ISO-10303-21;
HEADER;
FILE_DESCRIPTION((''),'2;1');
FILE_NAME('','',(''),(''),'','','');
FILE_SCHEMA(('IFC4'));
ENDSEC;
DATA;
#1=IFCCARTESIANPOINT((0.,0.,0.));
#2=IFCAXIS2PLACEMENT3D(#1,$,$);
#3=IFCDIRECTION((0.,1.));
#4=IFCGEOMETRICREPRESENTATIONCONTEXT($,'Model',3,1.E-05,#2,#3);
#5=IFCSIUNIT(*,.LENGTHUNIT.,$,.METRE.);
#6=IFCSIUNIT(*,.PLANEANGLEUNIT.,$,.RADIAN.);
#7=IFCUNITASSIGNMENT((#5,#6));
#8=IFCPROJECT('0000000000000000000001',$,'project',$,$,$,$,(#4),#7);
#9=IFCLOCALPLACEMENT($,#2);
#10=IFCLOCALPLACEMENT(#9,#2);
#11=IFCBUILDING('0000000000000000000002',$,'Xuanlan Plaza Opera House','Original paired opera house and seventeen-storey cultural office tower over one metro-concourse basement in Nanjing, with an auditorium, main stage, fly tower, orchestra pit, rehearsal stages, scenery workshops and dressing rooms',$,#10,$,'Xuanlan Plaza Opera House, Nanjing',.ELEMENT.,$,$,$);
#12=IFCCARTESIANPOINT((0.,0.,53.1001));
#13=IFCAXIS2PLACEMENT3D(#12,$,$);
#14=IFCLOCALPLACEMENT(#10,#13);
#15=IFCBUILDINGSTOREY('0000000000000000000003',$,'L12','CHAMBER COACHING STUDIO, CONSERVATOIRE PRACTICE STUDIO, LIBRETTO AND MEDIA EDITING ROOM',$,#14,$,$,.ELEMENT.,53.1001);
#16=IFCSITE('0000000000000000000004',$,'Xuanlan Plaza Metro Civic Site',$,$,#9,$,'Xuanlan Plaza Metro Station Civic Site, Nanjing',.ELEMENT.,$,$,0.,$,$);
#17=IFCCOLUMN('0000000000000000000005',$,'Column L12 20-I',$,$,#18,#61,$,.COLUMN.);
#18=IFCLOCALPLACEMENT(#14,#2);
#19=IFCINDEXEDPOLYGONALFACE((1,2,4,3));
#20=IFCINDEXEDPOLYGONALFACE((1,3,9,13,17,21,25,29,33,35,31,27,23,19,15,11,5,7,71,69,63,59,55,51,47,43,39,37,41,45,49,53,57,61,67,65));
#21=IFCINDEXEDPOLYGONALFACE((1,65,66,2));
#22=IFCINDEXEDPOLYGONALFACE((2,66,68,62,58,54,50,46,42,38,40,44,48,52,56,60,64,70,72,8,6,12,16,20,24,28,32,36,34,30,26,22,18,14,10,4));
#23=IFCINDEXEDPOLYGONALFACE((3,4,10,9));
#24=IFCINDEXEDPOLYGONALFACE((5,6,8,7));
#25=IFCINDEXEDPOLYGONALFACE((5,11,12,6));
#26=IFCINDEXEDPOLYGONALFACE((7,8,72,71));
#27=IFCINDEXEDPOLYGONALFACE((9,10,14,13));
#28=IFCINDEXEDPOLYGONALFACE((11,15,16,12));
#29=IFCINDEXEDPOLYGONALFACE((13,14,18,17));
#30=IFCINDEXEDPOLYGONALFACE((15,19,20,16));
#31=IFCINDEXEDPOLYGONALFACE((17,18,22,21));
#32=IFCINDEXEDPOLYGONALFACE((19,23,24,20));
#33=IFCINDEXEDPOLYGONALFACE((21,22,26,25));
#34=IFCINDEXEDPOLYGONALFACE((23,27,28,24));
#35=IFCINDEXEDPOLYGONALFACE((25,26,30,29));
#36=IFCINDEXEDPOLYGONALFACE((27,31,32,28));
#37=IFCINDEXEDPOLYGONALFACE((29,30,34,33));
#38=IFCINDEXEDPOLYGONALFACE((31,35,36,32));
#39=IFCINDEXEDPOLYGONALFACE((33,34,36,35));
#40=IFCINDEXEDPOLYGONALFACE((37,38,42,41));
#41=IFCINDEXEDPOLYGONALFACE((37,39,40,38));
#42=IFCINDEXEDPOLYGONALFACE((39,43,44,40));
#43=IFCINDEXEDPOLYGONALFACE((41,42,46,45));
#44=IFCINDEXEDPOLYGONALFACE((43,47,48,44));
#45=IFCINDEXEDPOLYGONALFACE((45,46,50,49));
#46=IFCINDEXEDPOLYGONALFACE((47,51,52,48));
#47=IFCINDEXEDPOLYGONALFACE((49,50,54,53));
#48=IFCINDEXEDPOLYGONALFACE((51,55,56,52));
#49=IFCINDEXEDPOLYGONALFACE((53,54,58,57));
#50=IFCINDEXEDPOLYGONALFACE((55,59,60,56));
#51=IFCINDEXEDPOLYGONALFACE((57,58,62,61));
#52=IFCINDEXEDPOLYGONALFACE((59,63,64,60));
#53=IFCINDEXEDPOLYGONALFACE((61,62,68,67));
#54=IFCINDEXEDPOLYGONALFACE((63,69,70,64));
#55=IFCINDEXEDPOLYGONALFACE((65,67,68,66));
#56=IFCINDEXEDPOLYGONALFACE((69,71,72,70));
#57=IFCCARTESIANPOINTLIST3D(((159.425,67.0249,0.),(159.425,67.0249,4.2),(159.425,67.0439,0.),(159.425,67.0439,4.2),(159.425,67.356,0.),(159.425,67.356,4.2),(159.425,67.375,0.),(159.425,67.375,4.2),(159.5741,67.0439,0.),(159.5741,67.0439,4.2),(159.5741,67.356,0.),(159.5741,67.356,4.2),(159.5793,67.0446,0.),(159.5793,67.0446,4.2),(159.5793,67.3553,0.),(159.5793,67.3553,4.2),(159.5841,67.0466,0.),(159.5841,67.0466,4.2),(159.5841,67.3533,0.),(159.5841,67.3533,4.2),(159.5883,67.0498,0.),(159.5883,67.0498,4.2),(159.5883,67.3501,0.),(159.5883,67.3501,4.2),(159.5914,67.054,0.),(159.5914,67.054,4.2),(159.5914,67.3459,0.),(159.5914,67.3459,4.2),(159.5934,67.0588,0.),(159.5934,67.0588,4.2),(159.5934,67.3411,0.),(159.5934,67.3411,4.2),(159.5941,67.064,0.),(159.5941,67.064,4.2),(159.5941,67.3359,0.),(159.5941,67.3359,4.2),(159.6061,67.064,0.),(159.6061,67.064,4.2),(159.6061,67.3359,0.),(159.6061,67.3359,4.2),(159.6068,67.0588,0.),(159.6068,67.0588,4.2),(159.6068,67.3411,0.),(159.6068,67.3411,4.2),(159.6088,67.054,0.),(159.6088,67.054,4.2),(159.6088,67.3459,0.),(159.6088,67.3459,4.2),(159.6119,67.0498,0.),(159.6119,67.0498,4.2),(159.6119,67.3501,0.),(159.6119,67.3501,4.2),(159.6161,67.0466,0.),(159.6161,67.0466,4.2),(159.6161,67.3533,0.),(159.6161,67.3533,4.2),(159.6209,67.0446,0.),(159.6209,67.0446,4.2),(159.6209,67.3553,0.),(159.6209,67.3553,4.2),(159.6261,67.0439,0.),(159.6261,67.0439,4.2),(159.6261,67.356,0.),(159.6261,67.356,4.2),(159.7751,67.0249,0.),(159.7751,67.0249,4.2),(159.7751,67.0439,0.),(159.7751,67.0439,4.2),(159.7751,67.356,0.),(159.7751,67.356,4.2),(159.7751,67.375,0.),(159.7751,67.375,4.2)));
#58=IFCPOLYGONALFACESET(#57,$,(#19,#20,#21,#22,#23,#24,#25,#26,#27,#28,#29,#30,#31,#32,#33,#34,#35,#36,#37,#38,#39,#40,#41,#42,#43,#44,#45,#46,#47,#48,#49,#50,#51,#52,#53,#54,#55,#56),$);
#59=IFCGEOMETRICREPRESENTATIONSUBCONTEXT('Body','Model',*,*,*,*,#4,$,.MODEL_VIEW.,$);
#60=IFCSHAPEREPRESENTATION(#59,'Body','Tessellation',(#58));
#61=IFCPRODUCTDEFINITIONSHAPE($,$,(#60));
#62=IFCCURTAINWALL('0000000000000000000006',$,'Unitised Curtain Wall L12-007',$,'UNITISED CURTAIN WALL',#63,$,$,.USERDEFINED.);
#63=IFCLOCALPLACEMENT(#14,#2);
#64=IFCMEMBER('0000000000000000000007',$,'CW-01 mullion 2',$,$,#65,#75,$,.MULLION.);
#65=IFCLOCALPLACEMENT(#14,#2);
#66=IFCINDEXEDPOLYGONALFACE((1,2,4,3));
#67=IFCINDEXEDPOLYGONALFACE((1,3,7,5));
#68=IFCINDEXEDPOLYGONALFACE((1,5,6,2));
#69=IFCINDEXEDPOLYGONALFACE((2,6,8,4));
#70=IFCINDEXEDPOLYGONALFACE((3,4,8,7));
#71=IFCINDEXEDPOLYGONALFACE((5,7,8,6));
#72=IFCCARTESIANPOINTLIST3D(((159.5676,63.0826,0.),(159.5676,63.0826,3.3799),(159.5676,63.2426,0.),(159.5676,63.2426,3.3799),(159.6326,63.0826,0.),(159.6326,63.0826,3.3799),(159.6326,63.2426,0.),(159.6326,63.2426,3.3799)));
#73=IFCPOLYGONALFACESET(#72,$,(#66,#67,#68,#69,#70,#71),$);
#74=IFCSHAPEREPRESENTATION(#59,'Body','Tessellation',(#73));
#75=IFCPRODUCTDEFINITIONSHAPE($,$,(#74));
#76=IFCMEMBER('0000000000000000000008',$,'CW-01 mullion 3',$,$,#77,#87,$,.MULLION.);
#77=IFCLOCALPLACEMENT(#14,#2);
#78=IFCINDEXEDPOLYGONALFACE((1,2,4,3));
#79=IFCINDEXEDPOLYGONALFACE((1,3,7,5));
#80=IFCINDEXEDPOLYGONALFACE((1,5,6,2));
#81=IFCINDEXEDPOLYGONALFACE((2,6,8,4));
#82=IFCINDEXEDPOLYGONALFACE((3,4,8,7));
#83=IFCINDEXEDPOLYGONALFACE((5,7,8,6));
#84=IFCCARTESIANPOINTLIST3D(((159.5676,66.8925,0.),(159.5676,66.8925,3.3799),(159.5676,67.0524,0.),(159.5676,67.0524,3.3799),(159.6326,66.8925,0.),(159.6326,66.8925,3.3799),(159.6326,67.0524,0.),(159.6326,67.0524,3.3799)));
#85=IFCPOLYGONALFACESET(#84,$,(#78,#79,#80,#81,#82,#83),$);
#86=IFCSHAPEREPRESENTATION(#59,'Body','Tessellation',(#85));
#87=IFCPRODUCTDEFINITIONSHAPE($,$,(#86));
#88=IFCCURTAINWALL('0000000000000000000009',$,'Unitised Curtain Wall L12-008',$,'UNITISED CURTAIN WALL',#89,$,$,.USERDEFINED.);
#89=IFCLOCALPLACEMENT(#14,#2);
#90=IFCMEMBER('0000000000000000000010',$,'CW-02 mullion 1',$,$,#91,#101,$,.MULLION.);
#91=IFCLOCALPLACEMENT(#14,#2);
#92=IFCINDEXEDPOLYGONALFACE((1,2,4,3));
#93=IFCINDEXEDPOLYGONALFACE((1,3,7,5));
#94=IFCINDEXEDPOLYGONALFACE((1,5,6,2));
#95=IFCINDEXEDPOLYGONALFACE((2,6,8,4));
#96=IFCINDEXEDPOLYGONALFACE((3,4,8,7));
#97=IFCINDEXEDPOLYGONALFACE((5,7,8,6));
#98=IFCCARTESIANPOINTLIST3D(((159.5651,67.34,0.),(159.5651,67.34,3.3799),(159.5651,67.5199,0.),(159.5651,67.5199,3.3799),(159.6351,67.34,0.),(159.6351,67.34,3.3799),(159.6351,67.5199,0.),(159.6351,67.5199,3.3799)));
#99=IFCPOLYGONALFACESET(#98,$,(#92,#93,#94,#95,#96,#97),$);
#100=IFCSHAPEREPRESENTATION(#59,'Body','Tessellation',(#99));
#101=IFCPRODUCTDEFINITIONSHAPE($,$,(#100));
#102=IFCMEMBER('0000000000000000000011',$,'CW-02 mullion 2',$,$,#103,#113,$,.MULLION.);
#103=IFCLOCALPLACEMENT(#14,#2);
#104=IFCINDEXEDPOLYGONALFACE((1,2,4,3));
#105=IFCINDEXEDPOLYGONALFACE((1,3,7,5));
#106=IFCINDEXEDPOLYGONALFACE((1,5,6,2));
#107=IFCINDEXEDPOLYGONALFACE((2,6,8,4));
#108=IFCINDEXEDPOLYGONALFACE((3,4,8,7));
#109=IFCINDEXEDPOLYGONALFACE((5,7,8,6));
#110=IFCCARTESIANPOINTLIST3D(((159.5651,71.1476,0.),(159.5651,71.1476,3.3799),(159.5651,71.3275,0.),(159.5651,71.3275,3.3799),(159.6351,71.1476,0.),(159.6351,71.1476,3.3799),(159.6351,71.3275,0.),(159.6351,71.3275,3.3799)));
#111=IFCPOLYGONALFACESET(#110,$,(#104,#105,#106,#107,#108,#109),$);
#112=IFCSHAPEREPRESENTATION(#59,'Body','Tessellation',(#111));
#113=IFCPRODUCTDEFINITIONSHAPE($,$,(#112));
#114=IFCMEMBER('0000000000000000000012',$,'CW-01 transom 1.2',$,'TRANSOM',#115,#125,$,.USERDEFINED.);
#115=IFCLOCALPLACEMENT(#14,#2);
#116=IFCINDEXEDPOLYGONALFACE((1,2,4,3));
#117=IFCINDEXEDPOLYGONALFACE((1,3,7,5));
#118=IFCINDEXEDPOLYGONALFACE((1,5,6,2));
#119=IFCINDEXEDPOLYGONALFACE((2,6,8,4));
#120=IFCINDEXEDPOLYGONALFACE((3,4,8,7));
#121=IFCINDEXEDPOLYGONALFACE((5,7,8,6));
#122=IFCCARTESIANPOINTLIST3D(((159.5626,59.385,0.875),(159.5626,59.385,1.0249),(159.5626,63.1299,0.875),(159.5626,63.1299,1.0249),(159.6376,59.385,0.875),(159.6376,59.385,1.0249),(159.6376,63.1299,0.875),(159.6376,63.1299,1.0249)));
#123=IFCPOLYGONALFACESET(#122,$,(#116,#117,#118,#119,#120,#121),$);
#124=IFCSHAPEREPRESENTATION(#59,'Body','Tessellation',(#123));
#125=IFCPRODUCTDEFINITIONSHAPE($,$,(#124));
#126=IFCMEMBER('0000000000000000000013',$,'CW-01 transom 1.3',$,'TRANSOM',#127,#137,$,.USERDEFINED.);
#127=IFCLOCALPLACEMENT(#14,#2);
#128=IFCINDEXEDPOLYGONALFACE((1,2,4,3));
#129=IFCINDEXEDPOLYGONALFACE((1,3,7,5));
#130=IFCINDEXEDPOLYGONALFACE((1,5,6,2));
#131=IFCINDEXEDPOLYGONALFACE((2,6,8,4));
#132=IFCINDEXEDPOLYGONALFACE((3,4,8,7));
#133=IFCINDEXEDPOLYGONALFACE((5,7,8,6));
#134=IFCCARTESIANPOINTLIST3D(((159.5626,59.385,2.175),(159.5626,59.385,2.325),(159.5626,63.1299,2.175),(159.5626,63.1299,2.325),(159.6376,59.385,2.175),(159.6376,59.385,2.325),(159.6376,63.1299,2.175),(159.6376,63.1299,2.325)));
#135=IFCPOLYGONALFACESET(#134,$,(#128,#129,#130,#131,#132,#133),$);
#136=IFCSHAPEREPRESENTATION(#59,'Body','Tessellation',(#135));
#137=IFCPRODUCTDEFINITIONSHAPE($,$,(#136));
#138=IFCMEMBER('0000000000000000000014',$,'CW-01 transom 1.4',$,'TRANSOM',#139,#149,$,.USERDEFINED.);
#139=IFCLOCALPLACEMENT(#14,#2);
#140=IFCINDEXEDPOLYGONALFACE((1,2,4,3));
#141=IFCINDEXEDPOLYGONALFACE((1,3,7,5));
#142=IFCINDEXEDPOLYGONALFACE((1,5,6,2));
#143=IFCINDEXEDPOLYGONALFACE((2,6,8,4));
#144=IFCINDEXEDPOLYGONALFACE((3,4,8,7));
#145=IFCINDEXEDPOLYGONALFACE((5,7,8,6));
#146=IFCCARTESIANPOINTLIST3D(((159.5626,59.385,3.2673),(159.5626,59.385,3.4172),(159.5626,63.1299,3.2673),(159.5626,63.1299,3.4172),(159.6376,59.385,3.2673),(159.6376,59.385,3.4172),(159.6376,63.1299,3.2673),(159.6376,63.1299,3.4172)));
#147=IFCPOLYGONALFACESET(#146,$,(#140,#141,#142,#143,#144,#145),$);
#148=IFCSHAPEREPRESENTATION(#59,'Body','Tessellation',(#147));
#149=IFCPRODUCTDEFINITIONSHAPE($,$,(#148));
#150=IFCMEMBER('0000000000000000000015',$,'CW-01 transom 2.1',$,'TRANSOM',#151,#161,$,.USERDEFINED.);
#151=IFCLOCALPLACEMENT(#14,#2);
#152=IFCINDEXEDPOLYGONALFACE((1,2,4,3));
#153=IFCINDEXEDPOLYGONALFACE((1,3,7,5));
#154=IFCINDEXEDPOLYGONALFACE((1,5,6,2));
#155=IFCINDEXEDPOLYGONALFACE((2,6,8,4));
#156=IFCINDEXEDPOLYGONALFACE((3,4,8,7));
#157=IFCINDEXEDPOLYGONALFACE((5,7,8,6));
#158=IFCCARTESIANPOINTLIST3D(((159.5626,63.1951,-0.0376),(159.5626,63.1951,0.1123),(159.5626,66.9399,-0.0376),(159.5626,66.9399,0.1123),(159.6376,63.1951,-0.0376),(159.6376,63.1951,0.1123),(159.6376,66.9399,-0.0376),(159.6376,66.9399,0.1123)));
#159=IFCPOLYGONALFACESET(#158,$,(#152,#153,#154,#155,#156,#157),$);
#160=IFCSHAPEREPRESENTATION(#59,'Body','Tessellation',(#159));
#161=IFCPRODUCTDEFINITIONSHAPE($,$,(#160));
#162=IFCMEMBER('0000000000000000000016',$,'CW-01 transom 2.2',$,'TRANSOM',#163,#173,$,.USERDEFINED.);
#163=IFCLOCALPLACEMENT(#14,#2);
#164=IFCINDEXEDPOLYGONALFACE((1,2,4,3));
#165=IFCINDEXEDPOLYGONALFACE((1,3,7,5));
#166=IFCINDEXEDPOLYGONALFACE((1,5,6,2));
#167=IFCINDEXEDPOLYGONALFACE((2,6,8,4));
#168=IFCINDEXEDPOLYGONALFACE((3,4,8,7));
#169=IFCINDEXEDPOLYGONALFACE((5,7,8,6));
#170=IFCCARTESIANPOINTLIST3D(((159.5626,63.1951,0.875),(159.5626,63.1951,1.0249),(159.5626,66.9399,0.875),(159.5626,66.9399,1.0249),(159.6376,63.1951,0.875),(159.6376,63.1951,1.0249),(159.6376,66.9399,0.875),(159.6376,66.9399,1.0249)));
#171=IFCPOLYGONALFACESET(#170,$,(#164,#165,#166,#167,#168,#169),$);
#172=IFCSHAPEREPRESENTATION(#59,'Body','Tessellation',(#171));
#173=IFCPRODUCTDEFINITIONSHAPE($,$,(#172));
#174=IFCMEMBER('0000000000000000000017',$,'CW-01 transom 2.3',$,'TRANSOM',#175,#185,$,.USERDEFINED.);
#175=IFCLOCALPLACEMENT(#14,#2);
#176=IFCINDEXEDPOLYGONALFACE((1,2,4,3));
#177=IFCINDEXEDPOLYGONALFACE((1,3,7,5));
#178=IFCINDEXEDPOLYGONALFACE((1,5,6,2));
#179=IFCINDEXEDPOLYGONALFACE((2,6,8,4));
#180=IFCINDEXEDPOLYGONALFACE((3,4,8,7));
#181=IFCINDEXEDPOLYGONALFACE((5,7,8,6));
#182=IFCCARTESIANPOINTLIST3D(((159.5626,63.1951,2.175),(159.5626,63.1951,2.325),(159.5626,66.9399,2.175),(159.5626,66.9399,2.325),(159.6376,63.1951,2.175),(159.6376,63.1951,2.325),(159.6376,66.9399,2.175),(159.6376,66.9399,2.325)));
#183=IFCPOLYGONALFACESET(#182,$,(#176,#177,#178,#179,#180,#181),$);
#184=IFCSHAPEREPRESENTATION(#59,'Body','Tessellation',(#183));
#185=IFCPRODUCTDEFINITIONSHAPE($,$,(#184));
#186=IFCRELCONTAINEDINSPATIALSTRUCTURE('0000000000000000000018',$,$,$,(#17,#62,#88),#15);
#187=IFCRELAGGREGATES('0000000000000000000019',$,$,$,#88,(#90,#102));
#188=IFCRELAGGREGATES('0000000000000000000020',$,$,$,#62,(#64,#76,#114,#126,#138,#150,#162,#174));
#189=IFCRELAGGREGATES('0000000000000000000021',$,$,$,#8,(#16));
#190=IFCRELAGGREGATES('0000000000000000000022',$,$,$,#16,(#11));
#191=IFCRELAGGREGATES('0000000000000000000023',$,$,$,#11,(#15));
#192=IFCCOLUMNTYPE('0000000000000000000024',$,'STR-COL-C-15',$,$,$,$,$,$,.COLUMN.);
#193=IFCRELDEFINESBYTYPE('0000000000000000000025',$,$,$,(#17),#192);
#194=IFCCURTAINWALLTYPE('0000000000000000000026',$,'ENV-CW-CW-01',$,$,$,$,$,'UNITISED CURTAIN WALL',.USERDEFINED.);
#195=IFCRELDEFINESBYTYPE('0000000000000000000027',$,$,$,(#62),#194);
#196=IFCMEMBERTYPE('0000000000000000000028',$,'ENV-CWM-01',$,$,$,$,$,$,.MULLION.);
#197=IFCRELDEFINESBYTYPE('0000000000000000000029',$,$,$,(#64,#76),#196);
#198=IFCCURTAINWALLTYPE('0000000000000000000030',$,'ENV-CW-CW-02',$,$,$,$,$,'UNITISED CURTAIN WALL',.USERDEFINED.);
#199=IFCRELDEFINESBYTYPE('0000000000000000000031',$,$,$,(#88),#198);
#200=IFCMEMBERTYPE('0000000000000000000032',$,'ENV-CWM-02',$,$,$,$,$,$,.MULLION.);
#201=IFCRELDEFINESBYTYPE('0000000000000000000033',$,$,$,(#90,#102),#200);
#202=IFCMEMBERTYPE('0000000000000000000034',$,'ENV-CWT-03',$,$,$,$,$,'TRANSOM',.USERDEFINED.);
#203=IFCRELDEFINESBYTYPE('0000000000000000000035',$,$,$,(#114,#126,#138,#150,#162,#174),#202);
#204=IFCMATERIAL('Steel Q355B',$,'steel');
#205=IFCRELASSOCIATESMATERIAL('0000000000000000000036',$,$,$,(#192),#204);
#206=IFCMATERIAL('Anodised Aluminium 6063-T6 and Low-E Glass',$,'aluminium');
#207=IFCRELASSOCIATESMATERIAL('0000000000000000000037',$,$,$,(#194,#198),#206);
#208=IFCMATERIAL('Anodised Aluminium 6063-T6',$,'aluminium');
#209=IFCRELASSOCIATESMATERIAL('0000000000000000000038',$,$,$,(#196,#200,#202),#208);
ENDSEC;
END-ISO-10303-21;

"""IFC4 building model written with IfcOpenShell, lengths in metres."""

from ifc_helpers import new_model, si_unit, direction, frame, origin, origin_2d, place, context, subcontext, project, spatial, rectangle, i_section, extrude, material, material_profile, profile_set, type_object, element, aggregate, save


model = new_model("IFC4")

# Units and contexts
model_context = context("Model", 3, precision=1e-05, world=origin(), true_north=direction((0.0, 1.0)))
body_context = subcontext(model_context, "Body", "Model", "MODEL_VIEW")
ifc_project = project(units=[si_unit("LENGTHUNIT", "METRE"), si_unit("PLANEANGLEUNIT", "RADIAN")], contexts=[model_context])

# Site, building, storey
site_placement = place(None, origin())
site = spatial("IfcSite", under=ifc_project, at=site_placement, Name="Xuanlan Plaza Metro Civic Site", LongName="Xuanlan Plaza Metro Station Civic Site, Nanjing", CompositionType="ELEMENT", RefElevation=0.0)
building_placement = place(site_placement, origin())
building = spatial("IfcBuilding", under=site, at=building_placement, Name="Xuanlan Plaza Opera House", Description="Original paired opera house and seventeen-storey cultural office tower over one metro-concourse basement in Nanjing, with an auditorium, main stage, fly tower, orchestra pit, rehearsal stages, scenery workshops and dressing rooms", LongName="Xuanlan Plaza Opera House, Nanjing", CompositionType="ELEMENT")
storey_placement = place(building_placement, frame((0.0, 0.0, 53.1001)))
storey = spatial("IfcBuildingStorey", under=building, at=storey_placement, Name="L12", Description="CHAMBER COACHING STUDIO, CONSERVATOIRE PRACTICE STUDIO, LIBRETTO AND MEDIA EDITING ROOM", CompositionType="ELEMENT", Elevation=53.1001)

# Column
ifc_material_1 = material(Name="Steel Q355B", Category="steel")
ifc_material_profile_1 = material_profile(ifc_material_1, i_section(OverallWidth=0.3501, OverallDepth=0.3501, WebThickness=0.012, FlangeThickness=0.019, FilletRadius=0.02, at=origin_2d()), Name="HW 350x350x12x19")
ifc_profile_set_1 = profile_set([ifc_material_profile_1], Name="Steel Q355B")
column_type = type_object("IfcColumnType", Name="STR-COL-C-15", PredefinedType="COLUMN", material=ifc_profile_set_1)
column_placement = place(storey_placement, frame((159.6001, 67.2, 0.0), z_axis=(0.0, 0.0, 1.0), x_axis=(1.0, 0.0, 0.0)))
element("IfcColumn", 1, at=column_placement, inside=storey, type_object=column_type, Name="Column L12 20-I", PredefinedType="COLUMN", context=body_context, shape_type="SweptSolid", body=[
    extrude(i_section(OverallWidth=0.3501, OverallDepth=0.3501, WebThickness=0.012, FlangeThickness=0.019, FilletRadius=0.02, at=origin_2d()), origin(), (0.0, 0.0, 1.0), 4.2),
])

# Curtain walls, members
ifc_material_2 = material(Name="Anodised Aluminium 6063-T6 and Low-E Glass", Category="aluminium")
curtain_wall_type_1 = type_object("IfcCurtainWallType", Name="ENV-CW-CW-01", ElementType="UNITISED CURTAIN WALL", PredefinedType="USERDEFINED", material=ifc_material_2)
curtain_wall_1_placement = place(storey_placement, origin())
curtain_wall_1 = element("IfcCurtainWall", 2, at=curtain_wall_1_placement, inside=storey, type_object=curtain_wall_type_1, Name="Unitised Curtain Wall L12-007", ObjectType="UNITISED CURTAIN WALL", PredefinedType="USERDEFINED")
ifc_material_3 = material(Name="Anodised Aluminium 6063-T6", Category="aluminium")
ifc_material_profile_2 = material_profile(ifc_material_3, rectangle(XDim=0.0649, YDim=0.1599, at=origin_2d()), Name="ALU-M 65x160")
ifc_profile_set_2 = profile_set([ifc_material_profile_2], Name="Anodised Aluminium 6063-T6")
member_type_1 = type_object("IfcMemberType", Name="ENV-CWM-01", PredefinedType="MULLION", material=ifc_profile_set_2)
member_1_placement = place(storey_placement, frame((159.6001, 63.1626, 0.0), z_axis=(0.0, 0.0, 1.0), x_axis=(-1.0, 0.0, 0.0)))
member_1 = element("IfcMember", 3, at=member_1_placement, type_object=member_type_1, Name="CW-01 mullion 2", PredefinedType="MULLION", context=body_context, shape_type="SweptSolid", body=[
    extrude(rectangle(XDim=0.0649, YDim=0.1599, at=origin_2d()), origin(), (0.0, 0.0, 1.0), 3.3799),
])
member_2_placement = place(storey_placement, frame((159.6001, 66.9724, 0.0), z_axis=(0.0, 0.0, 1.0), x_axis=(-1.0, 0.0, 0.0)))
member_2 = element("IfcMember", 4, at=member_2_placement, type_object=member_type_1, Name="CW-01 mullion 3", PredefinedType="MULLION", context=body_context, shape_type="SweptSolid", body=[
    extrude(rectangle(XDim=0.0649, YDim=0.1599, at=origin_2d()), origin(), (0.0, 0.0, 1.0), 3.3799),
])
curtain_wall_type_2 = type_object("IfcCurtainWallType", Name="ENV-CW-CW-02", ElementType="UNITISED CURTAIN WALL", PredefinedType="USERDEFINED", material=ifc_material_2)
curtain_wall_2_placement = place(storey_placement, origin())
curtain_wall_2 = element("IfcCurtainWall", 5, at=curtain_wall_2_placement, inside=storey, type_object=curtain_wall_type_2, Name="Unitised Curtain Wall L12-008", ObjectType="UNITISED CURTAIN WALL", PredefinedType="USERDEFINED")
ifc_material_profile_3 = material_profile(ifc_material_3, rectangle(XDim=0.0701, YDim=0.1799, at=origin_2d()), Name="ALU-M 70x180")
ifc_profile_set_3 = profile_set([ifc_material_profile_3], Name="Anodised Aluminium 6063-T6")
member_type_2 = type_object("IfcMemberType", Name="ENV-CWM-02", PredefinedType="MULLION", material=ifc_profile_set_3)
member_3_placement = place(storey_placement, frame((159.6001, 67.4299, 0.0), z_axis=(0.0, 0.0, 1.0), x_axis=(-1.0, 0.0, 0.0)))
member_3 = element("IfcMember", 6, at=member_3_placement, type_object=member_type_2, Name="CW-02 mullion 1", PredefinedType="MULLION", context=body_context, shape_type="SweptSolid", body=[
    extrude(rectangle(XDim=0.0701, YDim=0.1799, at=origin_2d()), origin(), (0.0, 0.0, 1.0), 3.3799),
])
member_4_placement = place(storey_placement, frame((159.6001, 71.2375, 0.0), z_axis=(0.0, 0.0, 1.0), x_axis=(-1.0, 0.0, 0.0)))
member_4 = element("IfcMember", 7, at=member_4_placement, type_object=member_type_2, Name="CW-02 mullion 2", PredefinedType="MULLION", context=body_context, shape_type="SweptSolid", body=[
    extrude(rectangle(XDim=0.0701, YDim=0.1799, at=origin_2d()), origin(), (0.0, 0.0, 1.0), 3.3799),
])

# Members
ifc_material_profile_4 = material_profile(ifc_material_3, rectangle(XDim=0.075, YDim=0.1499, at=origin_2d()), Name="ALU-T 75x150")
ifc_profile_set_4 = profile_set([ifc_material_profile_4], Name="Anodised Aluminium 6063-T6")
member_type_3 = type_object("IfcMemberType", Name="ENV-CWT-03", ElementType="TRANSOM", PredefinedType="USERDEFINED", material=ifc_profile_set_4)
member_5_placement = place(storey_placement, frame((159.6001, 59.385, 0.95), z_axis=(0.0, 1.0, 0.0), x_axis=(-1.0, 0.0, 0.0)))
member_5 = element("IfcMember", 8, at=member_5_placement, type_object=member_type_3, Name="CW-01 transom 1.2", ObjectType="TRANSOM", PredefinedType="USERDEFINED", context=body_context, shape_type="SweptSolid", body=[
    extrude(rectangle(XDim=0.075, YDim=0.1499, at=origin_2d()), origin(), (0.0, 0.0, 1.0), 3.7449),
])
member_6_placement = place(storey_placement, frame((159.6001, 59.385, 2.25), z_axis=(0.0, 1.0, 0.0), x_axis=(-1.0, 0.0, 0.0)))
member_6 = element("IfcMember", 9, at=member_6_placement, type_object=member_type_3, Name="CW-01 transom 1.3", ObjectType="TRANSOM", PredefinedType="USERDEFINED", context=body_context, shape_type="SweptSolid", body=[
    extrude(rectangle(XDim=0.075, YDim=0.1499, at=origin_2d()), origin(), (0.0, 0.0, 1.0), 3.7449),
])
member_7_placement = place(storey_placement, frame((159.6001, 59.385, 3.3423), z_axis=(0.0, 1.0, 0.0), x_axis=(-1.0, 0.0, 0.0)))
member_7 = element("IfcMember", 10, at=member_7_placement, type_object=member_type_3, Name="CW-01 transom 1.4", ObjectType="TRANSOM", PredefinedType="USERDEFINED", context=body_context, shape_type="SweptSolid", body=[
    extrude(rectangle(XDim=0.075, YDim=0.1499, at=origin_2d()), origin(), (0.0, 0.0, 1.0), 3.7449),
])
member_8_placement = place(storey_placement, frame((159.6001, 63.1951, 0.0374), z_axis=(0.0, 1.0, 0.0), x_axis=(-1.0, 0.0, 0.0)))
member_8 = element("IfcMember", 11, at=member_8_placement, type_object=member_type_3, Name="CW-01 transom 2.1", ObjectType="TRANSOM", PredefinedType="USERDEFINED", context=body_context, shape_type="SweptSolid", body=[
    extrude(rectangle(XDim=0.075, YDim=0.1499, at=origin_2d()), origin(), (0.0, 0.0, 1.0), 3.7449),
])
member_9_placement = place(storey_placement, frame((159.6001, 63.1951, 0.95), z_axis=(0.0, 1.0, 0.0), x_axis=(-1.0, 0.0, 0.0)))
member_9 = element("IfcMember", 12, at=member_9_placement, type_object=member_type_3, Name="CW-01 transom 2.2", ObjectType="TRANSOM", PredefinedType="USERDEFINED", context=body_context, shape_type="SweptSolid", body=[
    extrude(rectangle(XDim=0.075, YDim=0.1499, at=origin_2d()), origin(), (0.0, 0.0, 1.0), 3.7449),
])
member_10_placement = place(storey_placement, frame((159.6001, 63.1951, 2.25), z_axis=(0.0, 1.0, 0.0), x_axis=(-1.0, 0.0, 0.0)))
member_10 = element("IfcMember", 13, at=member_10_placement, type_object=member_type_3, Name="CW-01 transom 2.3", ObjectType="TRANSOM", PredefinedType="USERDEFINED", context=body_context, shape_type="SweptSolid", body=[
    extrude(rectangle(XDim=0.075, YDim=0.1499, at=origin_2d()), origin(), (0.0, 0.0, 1.0), 3.7449),
])

aggregate(curtain_wall_2, [member_3, member_4])
aggregate(curtain_wall_1, [member_1, member_2, member_5, member_6, member_7, member_8, member_9, member_10])

save(model, "model.ifc")
